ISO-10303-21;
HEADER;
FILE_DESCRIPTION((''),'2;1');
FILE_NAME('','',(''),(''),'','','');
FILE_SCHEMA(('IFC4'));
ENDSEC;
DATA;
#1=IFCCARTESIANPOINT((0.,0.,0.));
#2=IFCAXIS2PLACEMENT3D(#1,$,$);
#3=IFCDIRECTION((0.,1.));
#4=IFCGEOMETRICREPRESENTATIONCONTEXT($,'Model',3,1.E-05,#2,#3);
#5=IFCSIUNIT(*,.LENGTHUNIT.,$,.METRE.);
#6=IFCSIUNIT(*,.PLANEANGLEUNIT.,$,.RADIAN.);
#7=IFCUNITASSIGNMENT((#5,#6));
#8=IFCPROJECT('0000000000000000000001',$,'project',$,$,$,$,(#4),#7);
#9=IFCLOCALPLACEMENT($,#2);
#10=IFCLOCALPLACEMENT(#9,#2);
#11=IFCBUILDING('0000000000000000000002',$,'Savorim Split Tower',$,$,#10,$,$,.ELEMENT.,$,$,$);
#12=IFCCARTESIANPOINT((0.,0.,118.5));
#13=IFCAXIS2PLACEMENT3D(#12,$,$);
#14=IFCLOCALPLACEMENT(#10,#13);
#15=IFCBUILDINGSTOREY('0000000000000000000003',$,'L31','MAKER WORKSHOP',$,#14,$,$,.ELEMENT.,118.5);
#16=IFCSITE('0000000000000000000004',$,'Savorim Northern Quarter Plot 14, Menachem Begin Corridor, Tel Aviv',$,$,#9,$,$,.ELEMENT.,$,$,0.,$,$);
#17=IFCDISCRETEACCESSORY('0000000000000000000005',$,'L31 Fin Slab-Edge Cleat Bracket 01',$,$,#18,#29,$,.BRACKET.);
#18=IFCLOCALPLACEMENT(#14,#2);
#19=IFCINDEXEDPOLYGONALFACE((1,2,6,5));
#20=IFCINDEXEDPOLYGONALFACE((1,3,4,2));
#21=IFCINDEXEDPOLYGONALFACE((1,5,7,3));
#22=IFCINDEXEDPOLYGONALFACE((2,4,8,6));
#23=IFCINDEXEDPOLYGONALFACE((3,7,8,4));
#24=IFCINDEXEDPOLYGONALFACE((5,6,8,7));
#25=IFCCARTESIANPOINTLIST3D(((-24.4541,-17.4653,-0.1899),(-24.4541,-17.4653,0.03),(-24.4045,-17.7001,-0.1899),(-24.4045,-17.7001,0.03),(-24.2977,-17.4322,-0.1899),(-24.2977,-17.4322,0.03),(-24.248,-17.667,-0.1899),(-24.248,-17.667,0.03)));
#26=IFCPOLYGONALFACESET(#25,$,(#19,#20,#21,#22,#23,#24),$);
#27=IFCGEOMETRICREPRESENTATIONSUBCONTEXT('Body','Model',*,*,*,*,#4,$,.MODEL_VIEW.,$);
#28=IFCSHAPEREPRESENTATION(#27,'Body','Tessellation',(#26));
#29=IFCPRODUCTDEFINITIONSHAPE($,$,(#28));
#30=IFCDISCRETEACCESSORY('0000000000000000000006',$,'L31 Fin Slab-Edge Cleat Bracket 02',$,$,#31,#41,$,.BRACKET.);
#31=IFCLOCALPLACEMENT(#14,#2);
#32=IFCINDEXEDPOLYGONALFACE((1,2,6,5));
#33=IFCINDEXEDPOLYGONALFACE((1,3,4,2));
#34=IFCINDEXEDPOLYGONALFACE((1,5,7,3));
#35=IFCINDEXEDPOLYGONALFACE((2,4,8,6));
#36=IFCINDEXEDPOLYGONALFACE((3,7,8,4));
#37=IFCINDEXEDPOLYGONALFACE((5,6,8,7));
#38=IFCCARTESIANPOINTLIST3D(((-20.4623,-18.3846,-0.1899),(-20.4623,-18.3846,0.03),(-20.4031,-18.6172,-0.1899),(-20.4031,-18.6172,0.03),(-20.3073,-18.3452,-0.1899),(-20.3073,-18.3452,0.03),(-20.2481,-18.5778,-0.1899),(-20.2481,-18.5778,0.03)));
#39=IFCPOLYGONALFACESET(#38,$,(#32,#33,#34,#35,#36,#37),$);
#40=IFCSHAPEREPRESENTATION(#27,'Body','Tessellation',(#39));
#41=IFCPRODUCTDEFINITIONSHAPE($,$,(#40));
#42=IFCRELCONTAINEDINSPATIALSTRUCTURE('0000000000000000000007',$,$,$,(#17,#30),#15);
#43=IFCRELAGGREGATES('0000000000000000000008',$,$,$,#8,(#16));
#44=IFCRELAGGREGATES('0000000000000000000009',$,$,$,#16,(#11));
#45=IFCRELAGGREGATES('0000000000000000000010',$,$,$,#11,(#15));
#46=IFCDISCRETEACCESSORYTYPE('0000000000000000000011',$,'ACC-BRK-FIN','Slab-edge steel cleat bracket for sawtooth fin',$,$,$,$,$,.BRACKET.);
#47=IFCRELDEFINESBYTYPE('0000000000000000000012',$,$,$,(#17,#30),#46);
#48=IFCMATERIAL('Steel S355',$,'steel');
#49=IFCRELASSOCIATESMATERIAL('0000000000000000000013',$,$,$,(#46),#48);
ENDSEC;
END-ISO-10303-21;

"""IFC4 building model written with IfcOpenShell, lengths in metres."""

from ifc_helpers import new_model, si_unit, direction, frame, origin, origin_2d, place, context, subcontext, project, spatial, rectangle, extrude, material, type_object, element, save


model = new_model("IFC4")

# Units and contexts
model_context = context("Model", 3, precision=1e-05, world=origin(), true_north=direction((0.0, 1.0)))
body_context = subcontext(model_context, "Body", "Model", "MODEL_VIEW")
ifc_project = project(units=[si_unit("LENGTHUNIT", "METRE"), si_unit("PLANEANGLEUNIT", "RADIAN")], contexts=[model_context])

# Site, building, storey
site_placement = place(None, origin())
site = spatial("IfcSite", under=ifc_project, at=site_placement, Name="Savorim Northern Quarter Plot 14, Menachem Begin Corridor, Tel Aviv", CompositionType="ELEMENT", RefElevation=0.0)
building_placement = place(site_placement, origin())
building = spatial("IfcBuilding", under=site, at=building_placement, Name="Savorim Split Tower", CompositionType="ELEMENT")
storey_placement = place(building_placement, frame((0.0, 0.0, 118.5)))
storey = spatial("IfcBuildingStorey", under=building, at=storey_placement, Name="L31", Description="MAKER WORKSHOP", CompositionType="ELEMENT", Elevation=118.5)

# Shared definitions
ifc_material_1 = material(Name="Steel S355", Category="steel")

# Discrete accessories
discrete_accessory_type = type_object("IfcDiscreteAccessoryType", Name="ACC-BRK-FIN", Description="Slab-edge steel cleat bracket for sawtooth fin", PredefinedType="BRACKET", material=ifc_material_1)
for number, where, z_axis, x_axis, name in (
    (1, (-24.3511, -17.5662, -0.1899), (0.0, 0.0, 1.0), (0.206722, -0.9784, 0.0), "L31 Fin Slab-Edge Cleat Bracket 01"),
    (2, (-20.3552, -18.4812, -0.1899), (0.0, 0.0, 1.0), (0.246581, -0.969122, 0.0), "L31 Fin Slab-Edge Cleat Bracket 02"),
):
    element("IfcDiscreteAccessory", number, at=place(storey_placement, frame(where, z_axis=z_axis, x_axis=x_axis)), inside=storey, type_object=discrete_accessory_type, Name=name, PredefinedType="BRACKET", context=body_context, shape_type="SweptSolid", body=[
        extrude(rectangle(XDim=0.24, YDim=0.1599, at=origin_2d()), origin(), (0.0, 0.0, 1.0), 0.22),
    ])

save(model, "model.ifc")
